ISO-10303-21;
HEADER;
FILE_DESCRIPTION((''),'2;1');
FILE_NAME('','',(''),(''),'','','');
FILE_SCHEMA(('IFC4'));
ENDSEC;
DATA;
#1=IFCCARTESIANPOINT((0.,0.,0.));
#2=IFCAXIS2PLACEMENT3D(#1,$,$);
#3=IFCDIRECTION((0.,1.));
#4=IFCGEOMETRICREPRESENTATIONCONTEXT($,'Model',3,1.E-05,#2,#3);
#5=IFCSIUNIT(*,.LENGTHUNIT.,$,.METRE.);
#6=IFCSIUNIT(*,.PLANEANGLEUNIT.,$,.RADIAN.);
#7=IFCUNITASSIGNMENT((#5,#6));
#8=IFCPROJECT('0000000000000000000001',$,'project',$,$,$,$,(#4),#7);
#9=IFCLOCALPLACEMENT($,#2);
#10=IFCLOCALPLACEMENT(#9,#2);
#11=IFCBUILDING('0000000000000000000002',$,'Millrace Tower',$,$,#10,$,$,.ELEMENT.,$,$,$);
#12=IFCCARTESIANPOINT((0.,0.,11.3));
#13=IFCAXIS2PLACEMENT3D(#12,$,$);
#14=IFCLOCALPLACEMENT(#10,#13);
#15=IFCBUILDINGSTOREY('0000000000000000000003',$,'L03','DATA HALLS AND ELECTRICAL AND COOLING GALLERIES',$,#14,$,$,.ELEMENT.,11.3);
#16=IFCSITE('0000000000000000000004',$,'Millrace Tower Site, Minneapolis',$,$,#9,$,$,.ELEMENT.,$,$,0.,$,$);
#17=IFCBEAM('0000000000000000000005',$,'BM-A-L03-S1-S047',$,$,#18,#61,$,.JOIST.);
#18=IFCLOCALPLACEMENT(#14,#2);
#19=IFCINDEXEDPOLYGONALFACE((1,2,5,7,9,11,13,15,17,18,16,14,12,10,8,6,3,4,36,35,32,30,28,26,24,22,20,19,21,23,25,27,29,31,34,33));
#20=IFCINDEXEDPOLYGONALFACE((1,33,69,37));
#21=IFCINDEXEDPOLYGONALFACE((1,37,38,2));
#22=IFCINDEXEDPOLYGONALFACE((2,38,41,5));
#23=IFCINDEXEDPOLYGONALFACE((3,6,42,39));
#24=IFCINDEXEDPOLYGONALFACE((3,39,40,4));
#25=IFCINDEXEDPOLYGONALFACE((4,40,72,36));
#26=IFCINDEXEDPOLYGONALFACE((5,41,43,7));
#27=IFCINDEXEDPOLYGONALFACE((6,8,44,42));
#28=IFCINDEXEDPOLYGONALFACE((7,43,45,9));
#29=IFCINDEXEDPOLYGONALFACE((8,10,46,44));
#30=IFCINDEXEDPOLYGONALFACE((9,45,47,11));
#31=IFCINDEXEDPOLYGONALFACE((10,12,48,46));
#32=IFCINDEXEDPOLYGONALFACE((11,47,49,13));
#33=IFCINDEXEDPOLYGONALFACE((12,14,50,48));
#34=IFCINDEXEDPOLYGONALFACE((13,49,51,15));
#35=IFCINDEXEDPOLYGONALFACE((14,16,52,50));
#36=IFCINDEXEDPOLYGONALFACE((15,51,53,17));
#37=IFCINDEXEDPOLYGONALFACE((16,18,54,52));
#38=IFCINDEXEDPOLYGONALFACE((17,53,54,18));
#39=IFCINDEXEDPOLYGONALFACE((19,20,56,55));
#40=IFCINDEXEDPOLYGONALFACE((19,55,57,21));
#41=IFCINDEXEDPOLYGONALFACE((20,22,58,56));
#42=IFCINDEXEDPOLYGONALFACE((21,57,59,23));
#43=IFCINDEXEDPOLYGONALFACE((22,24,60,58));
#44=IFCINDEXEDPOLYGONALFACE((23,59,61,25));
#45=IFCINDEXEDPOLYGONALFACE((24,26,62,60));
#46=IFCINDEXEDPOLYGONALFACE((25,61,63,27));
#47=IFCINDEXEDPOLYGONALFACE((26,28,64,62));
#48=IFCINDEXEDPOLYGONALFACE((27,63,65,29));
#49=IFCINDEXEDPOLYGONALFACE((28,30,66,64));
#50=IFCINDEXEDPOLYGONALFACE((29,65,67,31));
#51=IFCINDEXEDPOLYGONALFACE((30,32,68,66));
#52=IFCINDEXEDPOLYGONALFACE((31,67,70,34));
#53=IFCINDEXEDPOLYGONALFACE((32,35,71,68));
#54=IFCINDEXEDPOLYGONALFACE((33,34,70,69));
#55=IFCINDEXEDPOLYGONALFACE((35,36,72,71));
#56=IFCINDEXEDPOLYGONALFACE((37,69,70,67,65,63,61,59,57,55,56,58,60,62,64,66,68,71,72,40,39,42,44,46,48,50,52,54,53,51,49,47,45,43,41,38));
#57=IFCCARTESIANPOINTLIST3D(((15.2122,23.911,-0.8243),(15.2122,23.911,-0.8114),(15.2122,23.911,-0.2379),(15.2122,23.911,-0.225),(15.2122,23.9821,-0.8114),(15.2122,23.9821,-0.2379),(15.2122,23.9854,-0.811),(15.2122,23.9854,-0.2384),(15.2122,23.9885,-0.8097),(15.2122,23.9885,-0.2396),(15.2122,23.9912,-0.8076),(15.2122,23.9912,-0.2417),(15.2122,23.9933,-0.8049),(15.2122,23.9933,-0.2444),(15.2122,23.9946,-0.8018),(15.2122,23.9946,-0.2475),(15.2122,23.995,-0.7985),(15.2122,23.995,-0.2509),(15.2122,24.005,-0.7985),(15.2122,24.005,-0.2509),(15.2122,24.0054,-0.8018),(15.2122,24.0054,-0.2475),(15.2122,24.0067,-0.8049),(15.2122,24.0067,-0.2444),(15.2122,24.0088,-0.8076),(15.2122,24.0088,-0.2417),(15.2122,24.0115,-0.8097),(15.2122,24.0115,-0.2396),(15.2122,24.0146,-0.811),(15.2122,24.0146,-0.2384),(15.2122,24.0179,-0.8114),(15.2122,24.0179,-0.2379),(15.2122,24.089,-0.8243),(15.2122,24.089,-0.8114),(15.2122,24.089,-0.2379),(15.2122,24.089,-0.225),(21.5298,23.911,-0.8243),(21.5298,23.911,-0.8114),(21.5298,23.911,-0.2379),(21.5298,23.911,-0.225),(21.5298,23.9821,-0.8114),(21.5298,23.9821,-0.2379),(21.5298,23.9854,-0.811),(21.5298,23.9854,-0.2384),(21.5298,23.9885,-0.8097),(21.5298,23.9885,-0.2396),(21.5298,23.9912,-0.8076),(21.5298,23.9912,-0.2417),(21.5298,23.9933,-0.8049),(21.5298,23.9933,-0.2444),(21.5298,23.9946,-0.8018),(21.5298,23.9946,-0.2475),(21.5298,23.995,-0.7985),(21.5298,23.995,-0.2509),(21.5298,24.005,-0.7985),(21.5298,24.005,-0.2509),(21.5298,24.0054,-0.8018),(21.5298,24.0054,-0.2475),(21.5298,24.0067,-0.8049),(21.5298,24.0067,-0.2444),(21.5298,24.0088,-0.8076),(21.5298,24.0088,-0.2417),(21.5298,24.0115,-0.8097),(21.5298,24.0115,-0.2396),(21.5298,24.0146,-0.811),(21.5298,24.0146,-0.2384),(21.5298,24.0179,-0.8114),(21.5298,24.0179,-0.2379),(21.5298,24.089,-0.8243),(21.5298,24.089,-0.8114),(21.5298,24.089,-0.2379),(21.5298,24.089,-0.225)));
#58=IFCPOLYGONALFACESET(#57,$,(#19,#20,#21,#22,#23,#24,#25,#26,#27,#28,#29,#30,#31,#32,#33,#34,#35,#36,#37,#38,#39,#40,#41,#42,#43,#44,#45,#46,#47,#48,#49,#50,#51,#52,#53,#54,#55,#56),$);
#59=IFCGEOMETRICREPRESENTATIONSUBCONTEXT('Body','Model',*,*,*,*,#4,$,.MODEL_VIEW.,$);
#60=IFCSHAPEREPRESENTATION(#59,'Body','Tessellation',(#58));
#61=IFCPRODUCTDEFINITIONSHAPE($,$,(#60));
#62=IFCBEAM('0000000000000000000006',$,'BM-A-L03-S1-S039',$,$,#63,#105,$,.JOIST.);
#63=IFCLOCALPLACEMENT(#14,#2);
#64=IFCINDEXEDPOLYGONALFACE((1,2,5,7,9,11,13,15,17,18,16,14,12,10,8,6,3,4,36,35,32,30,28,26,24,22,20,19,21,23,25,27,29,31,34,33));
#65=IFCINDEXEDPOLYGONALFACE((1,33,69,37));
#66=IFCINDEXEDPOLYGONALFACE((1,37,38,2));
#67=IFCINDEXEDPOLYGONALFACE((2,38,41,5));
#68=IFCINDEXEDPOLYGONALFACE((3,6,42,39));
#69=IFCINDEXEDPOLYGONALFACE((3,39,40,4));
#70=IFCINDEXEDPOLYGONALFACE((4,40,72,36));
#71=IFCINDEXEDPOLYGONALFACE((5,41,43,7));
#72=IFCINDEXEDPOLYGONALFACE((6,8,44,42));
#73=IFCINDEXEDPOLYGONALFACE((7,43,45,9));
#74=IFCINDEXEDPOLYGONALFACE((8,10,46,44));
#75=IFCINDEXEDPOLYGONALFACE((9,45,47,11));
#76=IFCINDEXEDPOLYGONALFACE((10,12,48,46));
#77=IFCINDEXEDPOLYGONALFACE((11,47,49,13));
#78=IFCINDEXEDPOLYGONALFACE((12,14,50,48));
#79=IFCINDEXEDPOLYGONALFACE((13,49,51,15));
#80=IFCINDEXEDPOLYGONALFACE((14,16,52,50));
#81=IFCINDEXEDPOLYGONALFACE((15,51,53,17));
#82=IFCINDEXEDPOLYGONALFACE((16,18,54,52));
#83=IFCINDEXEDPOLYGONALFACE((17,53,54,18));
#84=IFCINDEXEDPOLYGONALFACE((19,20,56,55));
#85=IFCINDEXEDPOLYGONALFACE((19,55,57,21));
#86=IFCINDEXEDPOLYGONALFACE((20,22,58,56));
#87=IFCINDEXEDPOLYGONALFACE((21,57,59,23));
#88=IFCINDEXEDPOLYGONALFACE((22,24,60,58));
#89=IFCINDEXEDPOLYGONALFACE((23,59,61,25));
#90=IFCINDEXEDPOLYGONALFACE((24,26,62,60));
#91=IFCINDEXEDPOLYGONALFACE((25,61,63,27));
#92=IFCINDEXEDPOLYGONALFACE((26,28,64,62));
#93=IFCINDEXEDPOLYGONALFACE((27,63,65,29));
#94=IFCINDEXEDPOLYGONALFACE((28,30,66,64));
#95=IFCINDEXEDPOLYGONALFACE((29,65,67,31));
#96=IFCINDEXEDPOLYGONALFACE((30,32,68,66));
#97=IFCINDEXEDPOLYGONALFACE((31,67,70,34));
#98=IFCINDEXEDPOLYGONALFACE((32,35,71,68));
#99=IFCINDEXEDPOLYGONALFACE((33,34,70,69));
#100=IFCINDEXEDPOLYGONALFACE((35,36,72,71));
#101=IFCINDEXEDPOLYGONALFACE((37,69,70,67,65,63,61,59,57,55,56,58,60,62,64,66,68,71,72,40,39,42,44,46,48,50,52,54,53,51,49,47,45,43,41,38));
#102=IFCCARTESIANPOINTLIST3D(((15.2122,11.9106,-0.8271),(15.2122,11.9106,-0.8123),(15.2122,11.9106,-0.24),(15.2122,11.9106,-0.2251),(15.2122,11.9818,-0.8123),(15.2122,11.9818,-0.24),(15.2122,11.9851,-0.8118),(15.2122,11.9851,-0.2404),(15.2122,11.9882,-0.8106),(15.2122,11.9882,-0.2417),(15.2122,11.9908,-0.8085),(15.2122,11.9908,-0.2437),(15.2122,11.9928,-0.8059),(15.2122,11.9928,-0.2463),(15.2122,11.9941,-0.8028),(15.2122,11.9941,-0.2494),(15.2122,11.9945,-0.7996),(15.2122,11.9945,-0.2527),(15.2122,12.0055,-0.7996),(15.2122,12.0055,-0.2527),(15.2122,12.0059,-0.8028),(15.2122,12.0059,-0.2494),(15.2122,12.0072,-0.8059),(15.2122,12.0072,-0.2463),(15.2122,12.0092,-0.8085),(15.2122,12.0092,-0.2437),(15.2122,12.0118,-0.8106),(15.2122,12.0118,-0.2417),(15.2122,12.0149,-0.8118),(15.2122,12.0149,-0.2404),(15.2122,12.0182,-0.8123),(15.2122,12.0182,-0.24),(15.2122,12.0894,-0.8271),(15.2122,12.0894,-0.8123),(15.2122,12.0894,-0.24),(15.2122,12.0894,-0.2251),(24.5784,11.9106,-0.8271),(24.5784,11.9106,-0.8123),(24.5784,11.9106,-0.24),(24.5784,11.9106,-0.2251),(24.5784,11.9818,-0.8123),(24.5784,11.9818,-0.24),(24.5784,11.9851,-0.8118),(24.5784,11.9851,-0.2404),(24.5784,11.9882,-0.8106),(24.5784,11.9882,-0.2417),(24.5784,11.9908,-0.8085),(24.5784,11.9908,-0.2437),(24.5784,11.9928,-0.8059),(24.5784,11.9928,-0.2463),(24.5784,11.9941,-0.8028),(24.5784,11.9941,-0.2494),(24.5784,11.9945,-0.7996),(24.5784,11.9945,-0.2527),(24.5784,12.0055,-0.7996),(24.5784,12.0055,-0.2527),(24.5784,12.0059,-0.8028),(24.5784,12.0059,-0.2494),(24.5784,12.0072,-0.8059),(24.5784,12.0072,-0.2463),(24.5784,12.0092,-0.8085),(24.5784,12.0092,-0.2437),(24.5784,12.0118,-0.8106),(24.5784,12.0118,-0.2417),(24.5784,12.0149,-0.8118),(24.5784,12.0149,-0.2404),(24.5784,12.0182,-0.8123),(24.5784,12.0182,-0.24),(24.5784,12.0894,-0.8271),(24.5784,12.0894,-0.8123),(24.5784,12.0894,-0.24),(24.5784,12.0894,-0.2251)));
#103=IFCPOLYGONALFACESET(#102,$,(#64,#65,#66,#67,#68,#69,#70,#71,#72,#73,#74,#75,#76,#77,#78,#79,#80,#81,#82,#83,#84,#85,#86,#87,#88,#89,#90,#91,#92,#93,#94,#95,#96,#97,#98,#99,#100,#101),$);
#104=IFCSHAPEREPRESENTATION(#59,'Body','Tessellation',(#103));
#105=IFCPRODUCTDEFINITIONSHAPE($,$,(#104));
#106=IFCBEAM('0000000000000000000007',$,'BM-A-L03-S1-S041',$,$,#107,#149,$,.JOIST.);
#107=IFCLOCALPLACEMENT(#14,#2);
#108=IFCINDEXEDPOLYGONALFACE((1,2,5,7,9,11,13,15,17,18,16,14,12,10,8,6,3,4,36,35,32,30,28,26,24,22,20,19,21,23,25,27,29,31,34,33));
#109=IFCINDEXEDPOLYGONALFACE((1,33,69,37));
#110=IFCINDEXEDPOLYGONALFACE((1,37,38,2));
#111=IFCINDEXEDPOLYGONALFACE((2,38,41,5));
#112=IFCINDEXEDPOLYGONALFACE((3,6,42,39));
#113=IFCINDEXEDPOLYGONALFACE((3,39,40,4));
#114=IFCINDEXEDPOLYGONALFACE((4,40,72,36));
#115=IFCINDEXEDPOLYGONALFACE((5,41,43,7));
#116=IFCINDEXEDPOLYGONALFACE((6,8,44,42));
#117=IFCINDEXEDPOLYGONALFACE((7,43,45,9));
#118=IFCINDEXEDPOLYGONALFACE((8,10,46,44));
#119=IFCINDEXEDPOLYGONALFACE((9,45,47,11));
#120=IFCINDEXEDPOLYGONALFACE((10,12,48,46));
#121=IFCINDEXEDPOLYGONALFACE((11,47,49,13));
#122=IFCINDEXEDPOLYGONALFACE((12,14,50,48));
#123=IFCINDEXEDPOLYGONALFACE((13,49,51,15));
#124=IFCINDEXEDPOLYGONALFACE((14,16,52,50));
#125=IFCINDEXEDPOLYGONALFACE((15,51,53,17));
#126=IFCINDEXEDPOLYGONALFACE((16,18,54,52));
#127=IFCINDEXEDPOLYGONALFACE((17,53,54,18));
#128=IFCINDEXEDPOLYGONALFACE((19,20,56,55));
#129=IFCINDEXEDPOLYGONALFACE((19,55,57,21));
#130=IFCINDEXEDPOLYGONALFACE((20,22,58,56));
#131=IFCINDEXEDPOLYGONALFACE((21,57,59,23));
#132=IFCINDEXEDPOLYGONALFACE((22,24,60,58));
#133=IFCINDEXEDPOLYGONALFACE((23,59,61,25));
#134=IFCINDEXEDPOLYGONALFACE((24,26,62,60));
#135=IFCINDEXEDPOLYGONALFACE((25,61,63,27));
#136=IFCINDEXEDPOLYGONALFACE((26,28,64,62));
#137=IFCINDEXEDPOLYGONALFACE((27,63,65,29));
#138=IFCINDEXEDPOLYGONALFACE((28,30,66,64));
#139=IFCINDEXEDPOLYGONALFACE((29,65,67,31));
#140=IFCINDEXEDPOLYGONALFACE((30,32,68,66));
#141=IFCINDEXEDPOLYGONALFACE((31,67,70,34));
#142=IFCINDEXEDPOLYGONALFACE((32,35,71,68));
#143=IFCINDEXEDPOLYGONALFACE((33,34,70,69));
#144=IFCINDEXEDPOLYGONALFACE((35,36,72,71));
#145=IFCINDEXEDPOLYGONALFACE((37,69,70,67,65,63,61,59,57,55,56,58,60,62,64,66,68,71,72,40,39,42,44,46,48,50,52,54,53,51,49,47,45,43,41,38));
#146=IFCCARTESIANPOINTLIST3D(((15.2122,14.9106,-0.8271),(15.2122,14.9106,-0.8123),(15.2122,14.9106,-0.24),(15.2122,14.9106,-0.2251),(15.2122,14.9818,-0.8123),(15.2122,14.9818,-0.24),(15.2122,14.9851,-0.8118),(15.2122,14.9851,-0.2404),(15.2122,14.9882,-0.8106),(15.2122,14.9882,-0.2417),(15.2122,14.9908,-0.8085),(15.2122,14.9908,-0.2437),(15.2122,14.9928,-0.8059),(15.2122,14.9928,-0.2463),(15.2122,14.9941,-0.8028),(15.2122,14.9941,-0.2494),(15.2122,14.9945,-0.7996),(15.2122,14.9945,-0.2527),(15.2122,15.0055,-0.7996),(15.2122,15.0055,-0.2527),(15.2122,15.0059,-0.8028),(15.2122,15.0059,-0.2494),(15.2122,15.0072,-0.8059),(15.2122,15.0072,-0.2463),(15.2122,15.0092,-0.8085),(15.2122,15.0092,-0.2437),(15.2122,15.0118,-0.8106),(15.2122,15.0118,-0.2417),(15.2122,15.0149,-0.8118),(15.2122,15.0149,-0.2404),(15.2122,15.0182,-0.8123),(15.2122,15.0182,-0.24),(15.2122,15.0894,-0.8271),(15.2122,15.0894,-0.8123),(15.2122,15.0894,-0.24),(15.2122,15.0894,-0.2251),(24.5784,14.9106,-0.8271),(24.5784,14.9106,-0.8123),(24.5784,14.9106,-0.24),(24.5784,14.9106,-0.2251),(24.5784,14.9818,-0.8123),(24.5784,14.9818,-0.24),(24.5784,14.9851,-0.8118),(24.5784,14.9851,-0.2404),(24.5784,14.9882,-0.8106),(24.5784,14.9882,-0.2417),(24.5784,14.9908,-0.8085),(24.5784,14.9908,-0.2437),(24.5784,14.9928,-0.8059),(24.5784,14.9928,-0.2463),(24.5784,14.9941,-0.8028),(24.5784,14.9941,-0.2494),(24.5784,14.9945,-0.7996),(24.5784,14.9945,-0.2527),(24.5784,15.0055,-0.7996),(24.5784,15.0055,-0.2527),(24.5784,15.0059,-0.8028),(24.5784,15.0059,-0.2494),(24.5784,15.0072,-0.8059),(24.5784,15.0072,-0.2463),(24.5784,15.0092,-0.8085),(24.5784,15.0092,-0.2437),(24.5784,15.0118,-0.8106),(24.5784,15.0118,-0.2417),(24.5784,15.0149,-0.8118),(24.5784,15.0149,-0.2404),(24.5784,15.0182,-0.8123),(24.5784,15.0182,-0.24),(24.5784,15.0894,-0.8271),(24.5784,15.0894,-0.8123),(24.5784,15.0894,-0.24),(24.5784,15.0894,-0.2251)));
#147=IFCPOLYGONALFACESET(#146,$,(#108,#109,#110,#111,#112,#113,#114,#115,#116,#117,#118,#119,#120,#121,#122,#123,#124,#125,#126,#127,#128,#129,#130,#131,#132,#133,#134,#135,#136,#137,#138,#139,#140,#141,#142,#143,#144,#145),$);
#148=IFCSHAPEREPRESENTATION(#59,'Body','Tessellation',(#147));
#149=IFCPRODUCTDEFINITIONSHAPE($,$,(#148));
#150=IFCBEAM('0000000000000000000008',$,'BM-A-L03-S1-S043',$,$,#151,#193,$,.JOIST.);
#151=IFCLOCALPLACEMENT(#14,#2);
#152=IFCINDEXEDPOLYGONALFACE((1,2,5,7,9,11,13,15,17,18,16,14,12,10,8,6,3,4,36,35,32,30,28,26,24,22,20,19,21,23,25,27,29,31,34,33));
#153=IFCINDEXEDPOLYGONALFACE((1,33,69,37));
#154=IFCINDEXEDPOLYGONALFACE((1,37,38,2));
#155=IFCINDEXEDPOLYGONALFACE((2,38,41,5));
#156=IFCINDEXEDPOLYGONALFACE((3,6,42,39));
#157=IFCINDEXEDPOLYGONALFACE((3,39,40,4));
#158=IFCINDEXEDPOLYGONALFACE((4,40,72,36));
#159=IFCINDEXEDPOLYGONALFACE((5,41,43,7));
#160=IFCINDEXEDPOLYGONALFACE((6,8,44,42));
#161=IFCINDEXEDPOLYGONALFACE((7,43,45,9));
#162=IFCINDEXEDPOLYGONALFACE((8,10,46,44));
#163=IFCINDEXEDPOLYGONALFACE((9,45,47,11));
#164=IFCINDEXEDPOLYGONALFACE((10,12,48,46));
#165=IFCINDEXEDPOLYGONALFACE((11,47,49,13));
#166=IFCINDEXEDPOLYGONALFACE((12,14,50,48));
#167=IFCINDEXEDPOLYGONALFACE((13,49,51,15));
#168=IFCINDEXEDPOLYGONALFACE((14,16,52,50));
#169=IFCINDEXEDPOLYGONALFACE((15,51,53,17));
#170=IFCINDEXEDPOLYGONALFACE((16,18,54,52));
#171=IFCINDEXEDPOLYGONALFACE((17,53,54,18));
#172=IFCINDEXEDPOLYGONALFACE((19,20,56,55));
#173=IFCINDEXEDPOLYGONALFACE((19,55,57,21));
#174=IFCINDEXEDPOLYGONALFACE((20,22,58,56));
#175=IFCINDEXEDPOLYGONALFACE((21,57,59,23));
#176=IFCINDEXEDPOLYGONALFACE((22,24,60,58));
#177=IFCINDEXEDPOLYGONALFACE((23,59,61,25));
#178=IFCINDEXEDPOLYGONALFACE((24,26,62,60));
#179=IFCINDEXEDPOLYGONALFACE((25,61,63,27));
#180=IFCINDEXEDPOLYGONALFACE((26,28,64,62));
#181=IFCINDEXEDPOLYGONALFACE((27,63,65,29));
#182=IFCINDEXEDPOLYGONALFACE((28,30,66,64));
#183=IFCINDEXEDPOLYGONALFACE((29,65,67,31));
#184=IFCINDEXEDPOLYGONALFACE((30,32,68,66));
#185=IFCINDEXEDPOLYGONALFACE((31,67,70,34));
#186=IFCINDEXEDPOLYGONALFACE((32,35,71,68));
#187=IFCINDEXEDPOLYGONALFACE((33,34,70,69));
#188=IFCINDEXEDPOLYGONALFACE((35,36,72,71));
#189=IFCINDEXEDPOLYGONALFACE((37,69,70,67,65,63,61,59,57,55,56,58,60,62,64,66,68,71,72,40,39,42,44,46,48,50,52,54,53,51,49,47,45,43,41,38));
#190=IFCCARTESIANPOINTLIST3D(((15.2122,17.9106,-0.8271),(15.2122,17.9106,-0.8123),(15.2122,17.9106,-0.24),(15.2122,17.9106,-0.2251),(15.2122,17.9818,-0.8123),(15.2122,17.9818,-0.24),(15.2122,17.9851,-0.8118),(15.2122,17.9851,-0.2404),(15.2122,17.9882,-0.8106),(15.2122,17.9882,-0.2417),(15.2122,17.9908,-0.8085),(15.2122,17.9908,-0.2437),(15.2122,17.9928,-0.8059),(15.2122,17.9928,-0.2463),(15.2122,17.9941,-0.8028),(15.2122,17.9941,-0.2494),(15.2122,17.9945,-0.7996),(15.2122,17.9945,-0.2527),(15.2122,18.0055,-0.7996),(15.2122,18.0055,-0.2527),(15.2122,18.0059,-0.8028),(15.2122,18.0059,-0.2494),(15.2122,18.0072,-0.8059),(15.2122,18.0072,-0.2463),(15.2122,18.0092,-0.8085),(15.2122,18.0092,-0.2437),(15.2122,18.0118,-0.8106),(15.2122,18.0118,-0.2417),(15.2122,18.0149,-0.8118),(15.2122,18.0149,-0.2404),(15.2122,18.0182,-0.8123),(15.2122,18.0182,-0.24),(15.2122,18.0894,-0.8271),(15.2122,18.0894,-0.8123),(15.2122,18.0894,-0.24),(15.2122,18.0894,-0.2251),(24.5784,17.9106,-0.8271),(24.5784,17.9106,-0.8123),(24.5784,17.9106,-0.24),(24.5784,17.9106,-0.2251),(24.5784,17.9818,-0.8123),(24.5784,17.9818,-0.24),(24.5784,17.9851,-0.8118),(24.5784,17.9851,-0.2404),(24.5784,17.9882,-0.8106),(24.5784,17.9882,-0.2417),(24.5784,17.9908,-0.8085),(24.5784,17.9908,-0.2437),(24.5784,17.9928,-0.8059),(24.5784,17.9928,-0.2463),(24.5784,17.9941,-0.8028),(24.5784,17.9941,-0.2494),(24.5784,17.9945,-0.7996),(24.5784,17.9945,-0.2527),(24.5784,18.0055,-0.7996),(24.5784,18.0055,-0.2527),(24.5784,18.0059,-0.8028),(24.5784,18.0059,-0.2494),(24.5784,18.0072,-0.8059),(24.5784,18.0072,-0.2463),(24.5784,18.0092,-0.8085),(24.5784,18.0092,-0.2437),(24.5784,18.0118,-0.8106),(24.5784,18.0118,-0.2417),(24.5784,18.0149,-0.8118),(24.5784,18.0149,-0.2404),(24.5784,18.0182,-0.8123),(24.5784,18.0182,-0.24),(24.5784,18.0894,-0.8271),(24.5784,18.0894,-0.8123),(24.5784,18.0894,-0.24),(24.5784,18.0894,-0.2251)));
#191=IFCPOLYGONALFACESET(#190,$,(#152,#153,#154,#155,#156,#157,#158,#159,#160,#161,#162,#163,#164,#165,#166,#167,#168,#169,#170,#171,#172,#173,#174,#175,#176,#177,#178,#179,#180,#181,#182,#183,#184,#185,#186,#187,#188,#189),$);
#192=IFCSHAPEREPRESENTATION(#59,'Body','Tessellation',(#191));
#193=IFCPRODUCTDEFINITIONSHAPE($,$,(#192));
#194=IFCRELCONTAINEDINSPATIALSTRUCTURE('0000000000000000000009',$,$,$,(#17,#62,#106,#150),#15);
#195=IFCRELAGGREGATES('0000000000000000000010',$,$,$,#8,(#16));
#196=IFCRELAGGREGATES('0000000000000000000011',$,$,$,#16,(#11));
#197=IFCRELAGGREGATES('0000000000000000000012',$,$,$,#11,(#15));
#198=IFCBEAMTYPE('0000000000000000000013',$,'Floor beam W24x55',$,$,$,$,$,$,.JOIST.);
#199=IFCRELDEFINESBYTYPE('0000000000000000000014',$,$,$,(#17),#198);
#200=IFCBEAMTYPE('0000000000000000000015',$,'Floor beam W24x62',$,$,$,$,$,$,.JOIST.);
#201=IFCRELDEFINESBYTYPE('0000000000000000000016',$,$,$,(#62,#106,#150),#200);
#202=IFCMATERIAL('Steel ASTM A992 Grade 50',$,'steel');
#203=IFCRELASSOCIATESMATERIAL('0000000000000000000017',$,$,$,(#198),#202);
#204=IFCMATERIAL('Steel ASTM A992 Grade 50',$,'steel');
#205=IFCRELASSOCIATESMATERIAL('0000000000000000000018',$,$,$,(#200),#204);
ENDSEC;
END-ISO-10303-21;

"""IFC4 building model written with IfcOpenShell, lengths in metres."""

from ifc_helpers import new_model, si_unit, direction, frame, origin, origin_2d, place, context, subcontext, project, spatial, i_section, extrude, material, material_profile, profile_set, type_object, element, save


model = new_model("IFC4")

# Units and contexts
model_context = context("Model", 3, precision=1e-05, world=origin(), true_north=direction((0.0, 1.0)))
body_context = subcontext(model_context, "Body", "Model", "MODEL_VIEW")
ifc_project = project(units=[si_unit("LENGTHUNIT", "METRE"), si_unit("PLANEANGLEUNIT", "RADIAN")], contexts=[model_context])

# Site, building, storey
site_placement = place(None, origin())
site = spatial("IfcSite", under=ifc_project, at=site_placement, Name="Millrace Tower Site, Minneapolis", CompositionType="ELEMENT", RefElevation=0.0)
building_placement = place(site_placement, origin())
building = spatial("IfcBuilding", under=site, at=building_placement, Name="Millrace Tower", CompositionType="ELEMENT")
storey_placement = place(building_placement, frame((0.0, 0.0, 11.3)))
storey = spatial("IfcBuildingStorey", under=building, at=storey_placement, Name="L03", Description="DATA HALLS AND ELECTRICAL AND COOLING GALLERIES", CompositionType="ELEMENT", Elevation=11.3)

# Beams
ifc_material_1 = material(Name="Steel ASTM A992 Grade 50", Category="steel")
ifc_material_profile_1 = material_profile(ifc_material_1, i_section(OverallWidth=0.178, OverallDepth=0.5994, WebThickness=0.01, FlangeThickness=0.0129, FilletRadius=0.0129, at=origin_2d()))
ifc_profile_set_1 = profile_set([ifc_material_profile_1], Name="Steel ASTM A992 Grade 50")
beam_type_1 = type_object("IfcBeamType", Name="Floor beam W24x55", PredefinedType="JOIST", material=ifc_profile_set_1)
beam_1_placement = place(storey_placement, frame((15.2122, 24.0, -0.5247), z_axis=(1.0, 0.0, 0.0), x_axis=(0.0, 1.0, 0.0)))
element("IfcBeam", 1, at=beam_1_placement, inside=storey, type_object=beam_type_1, Name="BM-A-L03-S1-S047", PredefinedType="JOIST", context=body_context, shape_type="SweptSolid", body=[
    extrude(i_section(OverallWidth=0.178, OverallDepth=0.5994, WebThickness=0.01, FlangeThickness=0.0129, FilletRadius=0.0129, at=origin_2d()), origin(), (0.0, 0.0, 1.0), 6.3176),
])
ifc_material_2 = material(Name="Steel ASTM A992 Grade 50", Category="steel")
ifc_material_profile_2 = material_profile(ifc_material_2, i_section(OverallWidth=0.1787, OverallDepth=0.6021, WebThickness=0.011, FlangeThickness=0.0149, FilletRadius=0.0127, at=origin_2d()))
ifc_profile_set_2 = profile_set([ifc_material_profile_2], Name="Steel ASTM A992 Grade 50")
beam_type_2 = type_object("IfcBeamType", Name="Floor beam W24x62", PredefinedType="JOIST", material=ifc_profile_set_2)
for number, where, z_axis, x_axis, name in (
    (2, (15.2122, 12.0, -0.5261), (1.0, 0.0, 0.0), (0.0, 1.0, 0.0), "BM-A-L03-S1-S039"),
    (3, (15.2122, 15.0, -0.5261), (1.0, 0.0, 0.0), (0.0, 1.0, 0.0), "BM-A-L03-S1-S041"),
    (4, (15.2122, 18.0, -0.5261), (1.0, 0.0, 0.0), (0.0, 1.0, 0.0), "BM-A-L03-S1-S043"),
):
    element("IfcBeam", number, at=place(storey_placement, frame(where, z_axis=z_axis, x_axis=x_axis)), inside=storey, type_object=beam_type_2, Name=name, PredefinedType="JOIST", context=body_context, shape_type="SweptSolid", body=[
        extrude(i_section(OverallWidth=0.1787, OverallDepth=0.6021, WebThickness=0.011, FlangeThickness=0.0149, FilletRadius=0.0127, at=origin_2d()), origin(), (0.0, 0.0, 1.0), 9.3662),
    ])

save(model, "model.ifc")
